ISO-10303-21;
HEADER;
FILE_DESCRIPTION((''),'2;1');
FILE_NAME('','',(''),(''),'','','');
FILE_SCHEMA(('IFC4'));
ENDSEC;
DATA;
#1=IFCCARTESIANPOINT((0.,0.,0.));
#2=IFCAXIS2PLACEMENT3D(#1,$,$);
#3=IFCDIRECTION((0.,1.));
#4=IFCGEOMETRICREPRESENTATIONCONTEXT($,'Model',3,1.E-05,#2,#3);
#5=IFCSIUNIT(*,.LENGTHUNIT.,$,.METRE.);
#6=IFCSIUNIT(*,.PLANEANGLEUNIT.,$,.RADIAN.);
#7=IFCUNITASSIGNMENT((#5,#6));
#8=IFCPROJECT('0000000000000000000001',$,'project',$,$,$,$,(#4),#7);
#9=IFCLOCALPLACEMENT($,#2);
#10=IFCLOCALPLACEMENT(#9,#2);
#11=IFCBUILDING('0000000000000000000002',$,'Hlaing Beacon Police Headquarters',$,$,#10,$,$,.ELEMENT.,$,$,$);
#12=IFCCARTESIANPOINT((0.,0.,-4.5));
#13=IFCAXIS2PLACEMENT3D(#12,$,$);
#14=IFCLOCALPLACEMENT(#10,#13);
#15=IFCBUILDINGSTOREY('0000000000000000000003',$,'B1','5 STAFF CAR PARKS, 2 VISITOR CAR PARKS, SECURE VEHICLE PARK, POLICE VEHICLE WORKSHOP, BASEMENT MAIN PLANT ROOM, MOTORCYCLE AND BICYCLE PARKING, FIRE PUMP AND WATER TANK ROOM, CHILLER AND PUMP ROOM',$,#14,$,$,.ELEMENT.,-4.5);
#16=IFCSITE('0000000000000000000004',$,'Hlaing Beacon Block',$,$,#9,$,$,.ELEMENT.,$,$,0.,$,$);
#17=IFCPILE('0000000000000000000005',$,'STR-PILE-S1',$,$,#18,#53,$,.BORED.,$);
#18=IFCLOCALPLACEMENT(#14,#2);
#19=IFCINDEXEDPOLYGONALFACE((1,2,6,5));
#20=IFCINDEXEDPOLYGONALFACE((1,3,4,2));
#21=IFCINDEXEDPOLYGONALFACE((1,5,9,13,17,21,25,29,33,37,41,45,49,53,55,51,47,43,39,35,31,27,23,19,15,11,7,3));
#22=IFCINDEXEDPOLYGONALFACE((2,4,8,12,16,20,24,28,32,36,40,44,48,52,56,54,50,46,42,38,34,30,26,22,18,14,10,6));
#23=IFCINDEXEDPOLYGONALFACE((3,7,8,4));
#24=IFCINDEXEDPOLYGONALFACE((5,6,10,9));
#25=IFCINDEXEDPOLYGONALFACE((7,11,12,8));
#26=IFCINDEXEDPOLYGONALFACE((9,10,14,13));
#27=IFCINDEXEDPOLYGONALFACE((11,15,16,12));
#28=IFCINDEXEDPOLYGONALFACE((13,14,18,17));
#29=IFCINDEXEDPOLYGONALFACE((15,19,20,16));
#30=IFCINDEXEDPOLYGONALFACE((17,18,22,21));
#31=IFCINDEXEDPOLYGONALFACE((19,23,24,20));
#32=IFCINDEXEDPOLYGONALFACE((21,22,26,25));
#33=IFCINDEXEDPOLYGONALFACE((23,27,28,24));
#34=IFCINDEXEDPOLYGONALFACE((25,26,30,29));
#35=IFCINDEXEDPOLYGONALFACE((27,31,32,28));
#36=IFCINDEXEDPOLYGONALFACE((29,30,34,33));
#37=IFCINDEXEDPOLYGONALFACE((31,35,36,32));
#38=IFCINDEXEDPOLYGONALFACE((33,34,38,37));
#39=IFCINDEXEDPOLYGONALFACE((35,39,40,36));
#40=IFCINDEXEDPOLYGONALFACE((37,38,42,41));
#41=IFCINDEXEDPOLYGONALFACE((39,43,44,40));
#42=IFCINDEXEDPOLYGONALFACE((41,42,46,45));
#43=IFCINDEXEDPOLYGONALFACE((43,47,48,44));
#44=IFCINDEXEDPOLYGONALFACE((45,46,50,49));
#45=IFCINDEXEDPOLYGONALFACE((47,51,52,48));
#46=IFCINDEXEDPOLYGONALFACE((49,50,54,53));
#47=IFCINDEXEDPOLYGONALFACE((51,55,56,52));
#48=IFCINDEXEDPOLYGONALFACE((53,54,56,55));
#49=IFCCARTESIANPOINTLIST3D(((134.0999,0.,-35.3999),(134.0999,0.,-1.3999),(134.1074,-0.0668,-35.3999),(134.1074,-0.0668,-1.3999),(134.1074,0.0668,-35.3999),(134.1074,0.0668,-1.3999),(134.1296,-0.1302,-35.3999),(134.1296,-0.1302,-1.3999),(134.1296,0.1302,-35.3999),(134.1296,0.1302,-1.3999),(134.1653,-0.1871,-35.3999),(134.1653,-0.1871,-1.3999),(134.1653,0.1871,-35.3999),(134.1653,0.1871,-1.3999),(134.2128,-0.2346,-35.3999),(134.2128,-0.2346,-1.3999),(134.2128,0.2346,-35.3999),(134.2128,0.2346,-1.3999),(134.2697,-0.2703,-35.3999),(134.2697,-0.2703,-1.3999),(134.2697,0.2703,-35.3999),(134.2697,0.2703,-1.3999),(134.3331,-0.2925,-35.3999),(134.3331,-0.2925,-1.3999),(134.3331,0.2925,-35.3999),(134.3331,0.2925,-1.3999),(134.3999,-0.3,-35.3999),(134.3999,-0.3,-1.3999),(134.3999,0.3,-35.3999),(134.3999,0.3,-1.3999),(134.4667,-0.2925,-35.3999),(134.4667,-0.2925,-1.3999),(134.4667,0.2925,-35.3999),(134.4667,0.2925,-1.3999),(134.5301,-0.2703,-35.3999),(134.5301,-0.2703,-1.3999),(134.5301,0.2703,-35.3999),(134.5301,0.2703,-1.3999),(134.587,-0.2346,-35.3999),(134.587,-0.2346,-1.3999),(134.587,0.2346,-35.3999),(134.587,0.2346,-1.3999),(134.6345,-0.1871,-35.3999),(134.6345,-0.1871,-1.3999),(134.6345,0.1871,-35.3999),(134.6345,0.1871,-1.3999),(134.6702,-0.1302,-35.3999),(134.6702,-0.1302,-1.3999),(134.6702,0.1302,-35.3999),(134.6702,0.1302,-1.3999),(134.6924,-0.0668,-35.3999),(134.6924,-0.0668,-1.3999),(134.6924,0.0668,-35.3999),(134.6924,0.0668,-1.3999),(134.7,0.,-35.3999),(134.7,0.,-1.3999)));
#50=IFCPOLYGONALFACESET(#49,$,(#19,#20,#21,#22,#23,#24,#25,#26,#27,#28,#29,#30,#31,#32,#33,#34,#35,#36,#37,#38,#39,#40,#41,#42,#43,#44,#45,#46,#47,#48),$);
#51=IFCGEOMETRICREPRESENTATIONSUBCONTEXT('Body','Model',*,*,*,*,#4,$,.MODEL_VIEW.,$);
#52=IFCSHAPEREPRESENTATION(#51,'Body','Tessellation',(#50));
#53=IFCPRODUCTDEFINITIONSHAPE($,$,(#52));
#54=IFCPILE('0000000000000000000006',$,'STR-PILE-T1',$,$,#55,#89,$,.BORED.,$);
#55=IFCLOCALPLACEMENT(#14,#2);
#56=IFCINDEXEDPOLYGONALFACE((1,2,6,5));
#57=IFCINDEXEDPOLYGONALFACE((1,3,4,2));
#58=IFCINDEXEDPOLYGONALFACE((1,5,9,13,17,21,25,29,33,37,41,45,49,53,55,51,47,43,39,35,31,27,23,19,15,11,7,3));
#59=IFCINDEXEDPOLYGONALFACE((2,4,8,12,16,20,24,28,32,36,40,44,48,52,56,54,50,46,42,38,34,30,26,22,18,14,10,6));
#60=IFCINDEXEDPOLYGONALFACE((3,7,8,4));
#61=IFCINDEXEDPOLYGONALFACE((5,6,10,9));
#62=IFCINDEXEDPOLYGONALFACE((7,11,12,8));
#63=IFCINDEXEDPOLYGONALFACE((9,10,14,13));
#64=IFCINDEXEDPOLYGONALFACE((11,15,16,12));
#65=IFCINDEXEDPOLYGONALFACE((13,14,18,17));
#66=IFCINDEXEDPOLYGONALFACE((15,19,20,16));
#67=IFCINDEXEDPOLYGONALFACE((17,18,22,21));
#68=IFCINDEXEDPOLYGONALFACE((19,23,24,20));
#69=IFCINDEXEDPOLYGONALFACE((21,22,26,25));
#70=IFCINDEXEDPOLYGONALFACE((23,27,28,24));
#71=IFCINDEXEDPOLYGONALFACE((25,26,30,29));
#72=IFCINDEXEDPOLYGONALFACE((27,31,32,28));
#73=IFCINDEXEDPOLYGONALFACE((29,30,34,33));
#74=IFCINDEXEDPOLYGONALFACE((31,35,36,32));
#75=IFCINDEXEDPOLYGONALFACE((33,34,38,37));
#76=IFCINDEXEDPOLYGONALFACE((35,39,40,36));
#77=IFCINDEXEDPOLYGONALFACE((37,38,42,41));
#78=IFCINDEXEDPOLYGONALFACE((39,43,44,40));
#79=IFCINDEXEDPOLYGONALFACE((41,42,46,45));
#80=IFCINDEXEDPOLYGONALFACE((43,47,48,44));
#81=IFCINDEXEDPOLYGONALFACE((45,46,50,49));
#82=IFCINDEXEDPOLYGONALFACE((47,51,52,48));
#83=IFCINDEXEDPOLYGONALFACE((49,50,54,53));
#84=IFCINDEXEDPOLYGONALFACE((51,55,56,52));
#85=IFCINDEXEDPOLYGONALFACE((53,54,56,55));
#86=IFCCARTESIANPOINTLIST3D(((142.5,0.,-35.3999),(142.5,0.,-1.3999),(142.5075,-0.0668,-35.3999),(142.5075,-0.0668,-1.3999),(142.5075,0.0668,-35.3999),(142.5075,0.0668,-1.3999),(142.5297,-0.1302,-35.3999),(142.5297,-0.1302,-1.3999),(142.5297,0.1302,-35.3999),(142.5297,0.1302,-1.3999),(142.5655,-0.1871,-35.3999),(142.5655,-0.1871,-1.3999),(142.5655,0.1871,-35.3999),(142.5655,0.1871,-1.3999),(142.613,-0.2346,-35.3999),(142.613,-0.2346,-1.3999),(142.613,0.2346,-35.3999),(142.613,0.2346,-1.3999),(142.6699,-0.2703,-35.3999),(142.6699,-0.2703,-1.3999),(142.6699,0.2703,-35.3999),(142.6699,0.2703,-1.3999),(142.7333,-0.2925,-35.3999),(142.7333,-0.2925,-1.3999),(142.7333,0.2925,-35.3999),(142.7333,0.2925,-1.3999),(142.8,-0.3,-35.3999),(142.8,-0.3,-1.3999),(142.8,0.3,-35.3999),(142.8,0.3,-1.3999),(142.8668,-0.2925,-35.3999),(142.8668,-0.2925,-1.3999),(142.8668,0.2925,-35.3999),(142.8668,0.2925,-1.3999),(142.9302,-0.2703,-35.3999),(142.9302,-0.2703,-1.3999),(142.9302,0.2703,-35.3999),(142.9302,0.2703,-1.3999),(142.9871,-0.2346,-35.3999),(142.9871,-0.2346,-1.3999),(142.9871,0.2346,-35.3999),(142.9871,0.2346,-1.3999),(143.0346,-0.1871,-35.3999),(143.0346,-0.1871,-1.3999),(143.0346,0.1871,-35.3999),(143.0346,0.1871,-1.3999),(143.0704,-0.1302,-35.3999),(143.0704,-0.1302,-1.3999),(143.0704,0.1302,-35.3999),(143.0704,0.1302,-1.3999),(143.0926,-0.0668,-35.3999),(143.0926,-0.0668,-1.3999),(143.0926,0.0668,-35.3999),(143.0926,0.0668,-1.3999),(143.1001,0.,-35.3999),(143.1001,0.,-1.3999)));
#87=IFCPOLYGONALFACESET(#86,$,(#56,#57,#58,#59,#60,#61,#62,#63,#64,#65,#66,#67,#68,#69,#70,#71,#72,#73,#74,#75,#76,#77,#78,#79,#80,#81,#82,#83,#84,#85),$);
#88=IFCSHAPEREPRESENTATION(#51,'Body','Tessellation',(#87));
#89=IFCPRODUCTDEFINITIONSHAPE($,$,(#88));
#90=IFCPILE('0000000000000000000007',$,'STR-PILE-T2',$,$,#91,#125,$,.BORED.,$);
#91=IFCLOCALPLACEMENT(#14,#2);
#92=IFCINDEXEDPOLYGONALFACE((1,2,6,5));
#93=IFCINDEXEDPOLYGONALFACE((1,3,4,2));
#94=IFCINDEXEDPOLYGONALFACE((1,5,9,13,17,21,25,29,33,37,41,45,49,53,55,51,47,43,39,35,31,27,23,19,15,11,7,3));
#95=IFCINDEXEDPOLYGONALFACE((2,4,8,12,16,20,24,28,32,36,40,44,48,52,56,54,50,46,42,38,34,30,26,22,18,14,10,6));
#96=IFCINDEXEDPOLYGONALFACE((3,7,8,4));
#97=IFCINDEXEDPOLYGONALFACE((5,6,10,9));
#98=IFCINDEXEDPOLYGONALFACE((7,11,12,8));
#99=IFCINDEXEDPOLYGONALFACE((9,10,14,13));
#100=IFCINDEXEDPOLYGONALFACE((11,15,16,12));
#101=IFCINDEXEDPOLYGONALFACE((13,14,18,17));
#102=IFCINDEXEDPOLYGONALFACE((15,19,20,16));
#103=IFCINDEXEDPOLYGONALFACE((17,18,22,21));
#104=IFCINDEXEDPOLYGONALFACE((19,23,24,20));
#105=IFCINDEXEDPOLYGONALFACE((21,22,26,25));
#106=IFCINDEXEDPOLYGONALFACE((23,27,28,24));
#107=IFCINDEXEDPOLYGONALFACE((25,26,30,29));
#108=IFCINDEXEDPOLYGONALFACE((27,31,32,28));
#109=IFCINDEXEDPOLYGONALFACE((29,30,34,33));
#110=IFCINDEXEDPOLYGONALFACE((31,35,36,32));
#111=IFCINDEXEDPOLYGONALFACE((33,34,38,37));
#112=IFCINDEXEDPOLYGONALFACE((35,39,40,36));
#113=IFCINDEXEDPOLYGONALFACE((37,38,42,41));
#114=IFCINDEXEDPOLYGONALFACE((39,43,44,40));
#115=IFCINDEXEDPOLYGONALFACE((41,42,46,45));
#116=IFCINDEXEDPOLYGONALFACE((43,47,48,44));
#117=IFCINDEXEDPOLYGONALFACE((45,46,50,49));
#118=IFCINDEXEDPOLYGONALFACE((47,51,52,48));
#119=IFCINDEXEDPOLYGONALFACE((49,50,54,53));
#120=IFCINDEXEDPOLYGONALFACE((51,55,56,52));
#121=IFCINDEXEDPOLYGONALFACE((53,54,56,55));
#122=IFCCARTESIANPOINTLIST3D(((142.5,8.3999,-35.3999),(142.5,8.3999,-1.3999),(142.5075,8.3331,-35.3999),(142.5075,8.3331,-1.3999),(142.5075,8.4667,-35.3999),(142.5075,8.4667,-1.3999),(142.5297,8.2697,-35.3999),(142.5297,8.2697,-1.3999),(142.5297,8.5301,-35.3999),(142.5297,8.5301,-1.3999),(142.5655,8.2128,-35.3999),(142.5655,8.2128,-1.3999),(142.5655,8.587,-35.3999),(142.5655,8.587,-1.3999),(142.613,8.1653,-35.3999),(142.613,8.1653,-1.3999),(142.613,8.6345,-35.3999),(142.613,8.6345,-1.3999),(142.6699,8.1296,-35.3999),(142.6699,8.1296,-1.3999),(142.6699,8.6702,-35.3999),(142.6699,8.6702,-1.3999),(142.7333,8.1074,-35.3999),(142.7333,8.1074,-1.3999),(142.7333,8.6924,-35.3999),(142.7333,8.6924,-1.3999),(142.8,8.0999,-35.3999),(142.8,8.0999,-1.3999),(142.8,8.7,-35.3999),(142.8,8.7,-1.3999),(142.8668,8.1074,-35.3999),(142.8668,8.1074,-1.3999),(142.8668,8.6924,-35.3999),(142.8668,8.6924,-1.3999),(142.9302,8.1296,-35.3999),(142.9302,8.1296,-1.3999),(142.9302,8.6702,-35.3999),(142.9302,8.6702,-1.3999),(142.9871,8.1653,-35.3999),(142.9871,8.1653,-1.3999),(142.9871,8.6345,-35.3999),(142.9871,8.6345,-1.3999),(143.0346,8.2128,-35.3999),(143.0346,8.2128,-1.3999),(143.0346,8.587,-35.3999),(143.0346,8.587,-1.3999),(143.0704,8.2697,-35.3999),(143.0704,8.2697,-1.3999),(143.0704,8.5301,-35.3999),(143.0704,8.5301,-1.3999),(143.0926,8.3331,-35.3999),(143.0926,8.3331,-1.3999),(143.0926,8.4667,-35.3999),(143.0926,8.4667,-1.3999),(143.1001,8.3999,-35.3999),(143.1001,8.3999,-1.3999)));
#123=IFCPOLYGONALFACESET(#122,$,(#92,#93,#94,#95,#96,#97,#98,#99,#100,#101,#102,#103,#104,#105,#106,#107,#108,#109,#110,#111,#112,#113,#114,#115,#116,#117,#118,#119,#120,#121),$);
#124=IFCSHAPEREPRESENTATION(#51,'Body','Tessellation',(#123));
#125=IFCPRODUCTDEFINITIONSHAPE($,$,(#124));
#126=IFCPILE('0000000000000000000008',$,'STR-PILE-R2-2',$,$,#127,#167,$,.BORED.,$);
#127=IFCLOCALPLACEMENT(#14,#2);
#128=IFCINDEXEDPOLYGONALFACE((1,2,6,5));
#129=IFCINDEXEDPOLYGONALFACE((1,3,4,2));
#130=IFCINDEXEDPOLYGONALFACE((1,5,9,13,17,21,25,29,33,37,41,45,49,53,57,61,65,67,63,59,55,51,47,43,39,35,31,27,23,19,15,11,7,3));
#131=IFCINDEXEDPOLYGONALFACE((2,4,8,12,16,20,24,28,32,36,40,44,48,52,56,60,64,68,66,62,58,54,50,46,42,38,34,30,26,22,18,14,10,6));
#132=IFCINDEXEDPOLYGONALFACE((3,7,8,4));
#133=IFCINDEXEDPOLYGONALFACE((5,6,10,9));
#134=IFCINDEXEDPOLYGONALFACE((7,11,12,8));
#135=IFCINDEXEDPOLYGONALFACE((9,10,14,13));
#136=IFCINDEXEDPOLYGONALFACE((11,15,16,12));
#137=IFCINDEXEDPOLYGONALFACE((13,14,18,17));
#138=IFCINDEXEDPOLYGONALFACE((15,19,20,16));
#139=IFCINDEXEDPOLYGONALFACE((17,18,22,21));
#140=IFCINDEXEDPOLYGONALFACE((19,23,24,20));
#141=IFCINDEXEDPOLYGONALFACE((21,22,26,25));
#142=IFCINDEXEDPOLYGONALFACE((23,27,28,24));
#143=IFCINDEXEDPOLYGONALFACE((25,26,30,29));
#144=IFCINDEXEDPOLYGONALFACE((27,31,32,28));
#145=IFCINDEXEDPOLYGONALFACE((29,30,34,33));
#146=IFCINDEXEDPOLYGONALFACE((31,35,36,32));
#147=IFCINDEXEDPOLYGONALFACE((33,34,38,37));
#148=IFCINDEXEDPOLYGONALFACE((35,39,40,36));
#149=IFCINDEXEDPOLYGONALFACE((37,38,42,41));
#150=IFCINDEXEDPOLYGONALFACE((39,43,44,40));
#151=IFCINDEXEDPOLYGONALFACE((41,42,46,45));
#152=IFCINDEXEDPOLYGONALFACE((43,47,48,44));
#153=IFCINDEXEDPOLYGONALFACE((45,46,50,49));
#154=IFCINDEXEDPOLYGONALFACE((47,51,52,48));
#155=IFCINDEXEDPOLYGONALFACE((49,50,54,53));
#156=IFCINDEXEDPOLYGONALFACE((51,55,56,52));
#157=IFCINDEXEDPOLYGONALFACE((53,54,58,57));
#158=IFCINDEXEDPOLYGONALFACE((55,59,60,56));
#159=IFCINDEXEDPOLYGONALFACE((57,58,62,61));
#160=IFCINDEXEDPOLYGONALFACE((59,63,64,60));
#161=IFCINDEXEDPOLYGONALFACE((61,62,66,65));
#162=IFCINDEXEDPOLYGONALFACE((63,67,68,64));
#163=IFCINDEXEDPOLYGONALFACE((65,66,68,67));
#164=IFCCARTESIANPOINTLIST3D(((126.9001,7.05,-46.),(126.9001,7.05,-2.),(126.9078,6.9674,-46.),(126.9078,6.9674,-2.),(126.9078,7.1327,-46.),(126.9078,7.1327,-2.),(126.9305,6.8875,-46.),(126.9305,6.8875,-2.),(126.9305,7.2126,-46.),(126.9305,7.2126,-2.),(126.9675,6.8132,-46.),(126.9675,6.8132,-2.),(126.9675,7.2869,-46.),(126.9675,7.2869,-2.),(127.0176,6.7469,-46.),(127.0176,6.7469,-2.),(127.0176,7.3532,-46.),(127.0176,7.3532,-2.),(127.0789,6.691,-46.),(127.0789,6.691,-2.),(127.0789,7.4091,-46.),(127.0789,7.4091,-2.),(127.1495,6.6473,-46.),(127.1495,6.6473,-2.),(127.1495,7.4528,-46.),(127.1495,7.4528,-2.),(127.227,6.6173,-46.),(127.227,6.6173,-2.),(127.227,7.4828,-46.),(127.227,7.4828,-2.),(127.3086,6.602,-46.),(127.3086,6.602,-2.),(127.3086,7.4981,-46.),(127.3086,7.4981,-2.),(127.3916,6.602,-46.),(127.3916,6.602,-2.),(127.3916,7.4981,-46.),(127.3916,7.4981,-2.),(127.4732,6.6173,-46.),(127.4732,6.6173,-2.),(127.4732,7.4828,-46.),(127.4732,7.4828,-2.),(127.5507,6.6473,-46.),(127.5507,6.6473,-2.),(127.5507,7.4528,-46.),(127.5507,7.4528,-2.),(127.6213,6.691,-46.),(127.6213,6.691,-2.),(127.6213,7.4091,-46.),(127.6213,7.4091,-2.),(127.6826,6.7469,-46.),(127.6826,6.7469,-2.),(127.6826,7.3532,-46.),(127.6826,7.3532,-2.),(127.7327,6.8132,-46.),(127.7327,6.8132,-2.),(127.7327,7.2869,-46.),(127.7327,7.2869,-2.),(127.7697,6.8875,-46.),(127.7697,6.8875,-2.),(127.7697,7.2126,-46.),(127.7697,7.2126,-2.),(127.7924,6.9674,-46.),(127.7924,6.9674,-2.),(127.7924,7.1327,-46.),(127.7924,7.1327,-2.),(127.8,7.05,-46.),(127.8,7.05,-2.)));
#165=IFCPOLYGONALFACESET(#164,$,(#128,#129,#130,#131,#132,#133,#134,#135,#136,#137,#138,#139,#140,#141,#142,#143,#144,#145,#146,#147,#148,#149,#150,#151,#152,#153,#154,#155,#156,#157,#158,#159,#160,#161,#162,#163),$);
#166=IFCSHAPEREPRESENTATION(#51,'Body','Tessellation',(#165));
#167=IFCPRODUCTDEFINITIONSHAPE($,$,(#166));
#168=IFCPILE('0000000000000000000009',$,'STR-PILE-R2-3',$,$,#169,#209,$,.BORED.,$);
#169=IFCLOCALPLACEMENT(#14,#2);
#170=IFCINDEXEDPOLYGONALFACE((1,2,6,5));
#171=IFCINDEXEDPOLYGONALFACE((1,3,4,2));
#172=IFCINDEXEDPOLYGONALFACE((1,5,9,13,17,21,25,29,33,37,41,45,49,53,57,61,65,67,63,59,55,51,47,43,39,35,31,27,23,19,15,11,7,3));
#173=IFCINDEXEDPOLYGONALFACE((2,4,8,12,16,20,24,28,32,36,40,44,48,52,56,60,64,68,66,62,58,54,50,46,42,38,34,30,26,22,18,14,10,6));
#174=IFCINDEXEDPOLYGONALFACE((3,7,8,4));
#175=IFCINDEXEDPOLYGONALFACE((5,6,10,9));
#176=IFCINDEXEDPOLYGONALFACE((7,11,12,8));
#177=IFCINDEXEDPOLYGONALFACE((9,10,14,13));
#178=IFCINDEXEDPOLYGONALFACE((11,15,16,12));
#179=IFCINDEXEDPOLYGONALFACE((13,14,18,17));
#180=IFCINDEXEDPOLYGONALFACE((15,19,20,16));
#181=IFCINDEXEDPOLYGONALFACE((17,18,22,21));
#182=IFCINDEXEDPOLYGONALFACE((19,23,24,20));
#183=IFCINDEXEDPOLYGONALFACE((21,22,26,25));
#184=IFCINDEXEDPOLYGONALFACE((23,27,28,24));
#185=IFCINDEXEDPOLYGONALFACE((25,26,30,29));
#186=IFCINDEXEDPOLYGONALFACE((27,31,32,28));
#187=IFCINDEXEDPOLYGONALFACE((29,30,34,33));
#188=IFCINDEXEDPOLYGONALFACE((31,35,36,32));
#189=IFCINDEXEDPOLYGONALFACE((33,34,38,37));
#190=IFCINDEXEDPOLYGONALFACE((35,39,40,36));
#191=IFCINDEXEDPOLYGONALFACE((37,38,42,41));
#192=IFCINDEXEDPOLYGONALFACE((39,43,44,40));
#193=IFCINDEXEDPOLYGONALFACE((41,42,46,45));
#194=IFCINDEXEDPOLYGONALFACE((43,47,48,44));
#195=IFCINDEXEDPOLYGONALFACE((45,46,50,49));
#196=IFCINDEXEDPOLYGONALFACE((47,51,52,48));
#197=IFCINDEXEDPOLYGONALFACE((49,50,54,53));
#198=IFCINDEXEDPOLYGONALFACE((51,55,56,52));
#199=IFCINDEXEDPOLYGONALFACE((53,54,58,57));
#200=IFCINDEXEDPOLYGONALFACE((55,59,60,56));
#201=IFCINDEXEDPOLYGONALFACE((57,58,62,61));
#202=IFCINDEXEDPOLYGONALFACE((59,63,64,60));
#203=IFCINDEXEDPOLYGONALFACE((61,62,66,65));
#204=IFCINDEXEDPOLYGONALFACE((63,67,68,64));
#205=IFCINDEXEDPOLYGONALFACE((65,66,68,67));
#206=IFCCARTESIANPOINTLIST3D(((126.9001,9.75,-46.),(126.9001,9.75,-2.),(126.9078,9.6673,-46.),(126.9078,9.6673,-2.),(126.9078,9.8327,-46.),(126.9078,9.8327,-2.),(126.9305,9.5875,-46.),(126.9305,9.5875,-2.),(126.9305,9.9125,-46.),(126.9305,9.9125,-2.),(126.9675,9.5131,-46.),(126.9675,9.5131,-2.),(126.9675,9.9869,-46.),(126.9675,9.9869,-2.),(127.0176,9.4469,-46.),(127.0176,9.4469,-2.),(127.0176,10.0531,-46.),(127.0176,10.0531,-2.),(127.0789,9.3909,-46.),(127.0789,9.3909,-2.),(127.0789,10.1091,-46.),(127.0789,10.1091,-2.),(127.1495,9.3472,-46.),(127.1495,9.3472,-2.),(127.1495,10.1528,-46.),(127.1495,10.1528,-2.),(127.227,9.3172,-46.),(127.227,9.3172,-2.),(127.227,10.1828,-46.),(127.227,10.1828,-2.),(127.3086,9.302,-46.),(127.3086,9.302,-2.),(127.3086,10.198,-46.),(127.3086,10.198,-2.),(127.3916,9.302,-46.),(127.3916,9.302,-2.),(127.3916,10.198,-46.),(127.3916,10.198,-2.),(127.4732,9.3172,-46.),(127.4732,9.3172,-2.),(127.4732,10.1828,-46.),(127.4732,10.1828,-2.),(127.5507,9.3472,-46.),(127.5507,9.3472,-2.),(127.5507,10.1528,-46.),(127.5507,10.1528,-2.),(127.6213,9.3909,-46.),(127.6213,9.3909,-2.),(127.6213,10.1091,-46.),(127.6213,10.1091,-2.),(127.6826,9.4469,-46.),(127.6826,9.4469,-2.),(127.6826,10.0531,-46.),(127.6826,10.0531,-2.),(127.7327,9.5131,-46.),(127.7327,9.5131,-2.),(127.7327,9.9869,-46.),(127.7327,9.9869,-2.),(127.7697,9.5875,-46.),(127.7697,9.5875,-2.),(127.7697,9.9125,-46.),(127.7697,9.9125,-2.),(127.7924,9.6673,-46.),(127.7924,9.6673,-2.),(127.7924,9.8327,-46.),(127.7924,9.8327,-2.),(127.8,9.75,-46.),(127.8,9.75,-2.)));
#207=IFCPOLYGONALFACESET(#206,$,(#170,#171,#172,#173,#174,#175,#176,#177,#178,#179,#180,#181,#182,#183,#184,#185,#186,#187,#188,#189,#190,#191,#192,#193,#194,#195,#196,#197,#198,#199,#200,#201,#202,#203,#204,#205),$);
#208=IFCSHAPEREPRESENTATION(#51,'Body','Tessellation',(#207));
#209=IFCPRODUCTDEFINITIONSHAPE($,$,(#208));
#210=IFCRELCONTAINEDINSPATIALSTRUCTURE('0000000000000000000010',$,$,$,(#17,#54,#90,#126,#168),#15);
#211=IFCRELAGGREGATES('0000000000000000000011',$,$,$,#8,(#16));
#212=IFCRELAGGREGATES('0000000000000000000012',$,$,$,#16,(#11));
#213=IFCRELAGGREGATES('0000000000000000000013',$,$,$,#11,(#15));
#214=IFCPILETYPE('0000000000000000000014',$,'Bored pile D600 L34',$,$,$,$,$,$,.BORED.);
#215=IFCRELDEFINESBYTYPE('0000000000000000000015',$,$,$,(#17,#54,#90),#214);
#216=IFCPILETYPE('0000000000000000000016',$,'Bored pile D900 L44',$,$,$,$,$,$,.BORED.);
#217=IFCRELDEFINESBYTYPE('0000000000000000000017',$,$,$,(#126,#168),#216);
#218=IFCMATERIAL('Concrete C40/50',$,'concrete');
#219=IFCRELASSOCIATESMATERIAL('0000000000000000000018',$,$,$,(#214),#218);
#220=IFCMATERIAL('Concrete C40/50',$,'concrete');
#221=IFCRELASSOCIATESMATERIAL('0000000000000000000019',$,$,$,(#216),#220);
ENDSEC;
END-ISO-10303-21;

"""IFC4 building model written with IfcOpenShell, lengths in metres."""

from ifc_helpers import new_model, si_unit, direction, frame, origin, origin_2d, place, context, subcontext, project, spatial, circle, extrude, material, material_profile, profile_set, type_object, element, save


model = new_model("IFC4")

# Units and contexts
model_context = context("Model", 3, precision=1e-05, world=origin(), true_north=direction((0.0, 1.0)))
body_context = subcontext(model_context, "Body", "Model", "MODEL_VIEW")
ifc_project = project(units=[si_unit("LENGTHUNIT", "METRE"), si_unit("PLANEANGLEUNIT", "RADIAN")], contexts=[model_context])

# Site, building, storey
site_placement = place(None, origin())
site = spatial("IfcSite", under=ifc_project, at=site_placement, Name="Hlaing Beacon Block", CompositionType="ELEMENT", RefElevation=0.0)
building_placement = place(site_placement, origin())
building = spatial("IfcBuilding", under=site, at=building_placement, Name="Hlaing Beacon Police Headquarters", CompositionType="ELEMENT")
storey_placement = place(building_placement, frame((0.0, 0.0, -4.5)))
storey = spatial("IfcBuildingStorey", under=building, at=storey_placement, Name="B1", Description="5 STAFF CAR PARKS, 2 VISITOR CAR PARKS, SECURE VEHICLE PARK, POLICE VEHICLE WORKSHOP, BASEMENT MAIN PLANT ROOM, MOTORCYCLE AND BICYCLE PARKING, FIRE PUMP AND WATER TANK ROOM, CHILLER AND PUMP ROOM", CompositionType="ELEMENT", Elevation=-4.5)

# Piles
ifc_material_1 = material(Name="Concrete C40/50", Category="concrete")
ifc_material_profile_1 = material_profile(ifc_material_1, circle(Radius=0.3, at=origin_2d()), Name="D600")
ifc_profile_set_1 = profile_set([ifc_material_profile_1], Name="Concrete C40/50")
pile_type_1 = type_object("IfcPileType", Name="Bored pile D600 L34", PredefinedType="BORED", material=ifc_profile_set_1)
for number, where, z_axis, x_axis, name in (
    (1, (134.3999, 0.0, -1.3999), (0.0, 0.0, -1.0), (1.0, 0.0, 0.0), "STR-PILE-S1"),
    (2, (142.8, 0.0, -1.3999), (0.0, 0.0, -1.0), (1.0, 0.0, 0.0), "STR-PILE-T1"),
    (3, (142.8, 8.3999, -1.3999), (0.0, 0.0, -1.0), (1.0, 0.0, 0.0), "STR-PILE-T2"),
):
    element("IfcPile", number, at=place(storey_placement, frame(where, z_axis=z_axis, x_axis=x_axis)), inside=storey, type_object=pile_type_1, Name=name, PredefinedType="BORED", context=body_context, shape_type="SweptSolid", body=[
        extrude(circle(Radius=0.3, at=origin_2d()), origin(), (0.0, 0.0, 1.0), 34.0),
    ])
ifc_material_2 = material(Name="Concrete C40/50", Category="concrete")
ifc_material_profile_2 = material_profile(ifc_material_2, circle(Radius=0.45, at=origin_2d()), Name="D900")
ifc_profile_set_2 = profile_set([ifc_material_profile_2], Name="Concrete C40/50")
pile_type_2 = type_object("IfcPileType", Name="Bored pile D900 L44", PredefinedType="BORED", material=ifc_profile_set_2)
for number, where, z_axis, x_axis, name in (
    (4, (127.3501, 7.05, -2.0), (0.0, 0.0, -1.0), (1.0, 0.0, 0.0), "STR-PILE-R2-2"),
    (5, (127.3501, 9.75, -2.0), (0.0, 0.0, -1.0), (1.0, 0.0, 0.0), "STR-PILE-R2-3"),
):
    element("IfcPile", number, at=place(storey_placement, frame(where, z_axis=z_axis, x_axis=x_axis)), inside=storey, type_object=pile_type_2, Name=name, PredefinedType="BORED", context=body_context, shape_type="SweptSolid", body=[
        extrude(circle(Radius=0.45, at=origin_2d()), origin(), (0.0, 0.0, 1.0), 44.0),
    ])

save(model, "model.ifc")
